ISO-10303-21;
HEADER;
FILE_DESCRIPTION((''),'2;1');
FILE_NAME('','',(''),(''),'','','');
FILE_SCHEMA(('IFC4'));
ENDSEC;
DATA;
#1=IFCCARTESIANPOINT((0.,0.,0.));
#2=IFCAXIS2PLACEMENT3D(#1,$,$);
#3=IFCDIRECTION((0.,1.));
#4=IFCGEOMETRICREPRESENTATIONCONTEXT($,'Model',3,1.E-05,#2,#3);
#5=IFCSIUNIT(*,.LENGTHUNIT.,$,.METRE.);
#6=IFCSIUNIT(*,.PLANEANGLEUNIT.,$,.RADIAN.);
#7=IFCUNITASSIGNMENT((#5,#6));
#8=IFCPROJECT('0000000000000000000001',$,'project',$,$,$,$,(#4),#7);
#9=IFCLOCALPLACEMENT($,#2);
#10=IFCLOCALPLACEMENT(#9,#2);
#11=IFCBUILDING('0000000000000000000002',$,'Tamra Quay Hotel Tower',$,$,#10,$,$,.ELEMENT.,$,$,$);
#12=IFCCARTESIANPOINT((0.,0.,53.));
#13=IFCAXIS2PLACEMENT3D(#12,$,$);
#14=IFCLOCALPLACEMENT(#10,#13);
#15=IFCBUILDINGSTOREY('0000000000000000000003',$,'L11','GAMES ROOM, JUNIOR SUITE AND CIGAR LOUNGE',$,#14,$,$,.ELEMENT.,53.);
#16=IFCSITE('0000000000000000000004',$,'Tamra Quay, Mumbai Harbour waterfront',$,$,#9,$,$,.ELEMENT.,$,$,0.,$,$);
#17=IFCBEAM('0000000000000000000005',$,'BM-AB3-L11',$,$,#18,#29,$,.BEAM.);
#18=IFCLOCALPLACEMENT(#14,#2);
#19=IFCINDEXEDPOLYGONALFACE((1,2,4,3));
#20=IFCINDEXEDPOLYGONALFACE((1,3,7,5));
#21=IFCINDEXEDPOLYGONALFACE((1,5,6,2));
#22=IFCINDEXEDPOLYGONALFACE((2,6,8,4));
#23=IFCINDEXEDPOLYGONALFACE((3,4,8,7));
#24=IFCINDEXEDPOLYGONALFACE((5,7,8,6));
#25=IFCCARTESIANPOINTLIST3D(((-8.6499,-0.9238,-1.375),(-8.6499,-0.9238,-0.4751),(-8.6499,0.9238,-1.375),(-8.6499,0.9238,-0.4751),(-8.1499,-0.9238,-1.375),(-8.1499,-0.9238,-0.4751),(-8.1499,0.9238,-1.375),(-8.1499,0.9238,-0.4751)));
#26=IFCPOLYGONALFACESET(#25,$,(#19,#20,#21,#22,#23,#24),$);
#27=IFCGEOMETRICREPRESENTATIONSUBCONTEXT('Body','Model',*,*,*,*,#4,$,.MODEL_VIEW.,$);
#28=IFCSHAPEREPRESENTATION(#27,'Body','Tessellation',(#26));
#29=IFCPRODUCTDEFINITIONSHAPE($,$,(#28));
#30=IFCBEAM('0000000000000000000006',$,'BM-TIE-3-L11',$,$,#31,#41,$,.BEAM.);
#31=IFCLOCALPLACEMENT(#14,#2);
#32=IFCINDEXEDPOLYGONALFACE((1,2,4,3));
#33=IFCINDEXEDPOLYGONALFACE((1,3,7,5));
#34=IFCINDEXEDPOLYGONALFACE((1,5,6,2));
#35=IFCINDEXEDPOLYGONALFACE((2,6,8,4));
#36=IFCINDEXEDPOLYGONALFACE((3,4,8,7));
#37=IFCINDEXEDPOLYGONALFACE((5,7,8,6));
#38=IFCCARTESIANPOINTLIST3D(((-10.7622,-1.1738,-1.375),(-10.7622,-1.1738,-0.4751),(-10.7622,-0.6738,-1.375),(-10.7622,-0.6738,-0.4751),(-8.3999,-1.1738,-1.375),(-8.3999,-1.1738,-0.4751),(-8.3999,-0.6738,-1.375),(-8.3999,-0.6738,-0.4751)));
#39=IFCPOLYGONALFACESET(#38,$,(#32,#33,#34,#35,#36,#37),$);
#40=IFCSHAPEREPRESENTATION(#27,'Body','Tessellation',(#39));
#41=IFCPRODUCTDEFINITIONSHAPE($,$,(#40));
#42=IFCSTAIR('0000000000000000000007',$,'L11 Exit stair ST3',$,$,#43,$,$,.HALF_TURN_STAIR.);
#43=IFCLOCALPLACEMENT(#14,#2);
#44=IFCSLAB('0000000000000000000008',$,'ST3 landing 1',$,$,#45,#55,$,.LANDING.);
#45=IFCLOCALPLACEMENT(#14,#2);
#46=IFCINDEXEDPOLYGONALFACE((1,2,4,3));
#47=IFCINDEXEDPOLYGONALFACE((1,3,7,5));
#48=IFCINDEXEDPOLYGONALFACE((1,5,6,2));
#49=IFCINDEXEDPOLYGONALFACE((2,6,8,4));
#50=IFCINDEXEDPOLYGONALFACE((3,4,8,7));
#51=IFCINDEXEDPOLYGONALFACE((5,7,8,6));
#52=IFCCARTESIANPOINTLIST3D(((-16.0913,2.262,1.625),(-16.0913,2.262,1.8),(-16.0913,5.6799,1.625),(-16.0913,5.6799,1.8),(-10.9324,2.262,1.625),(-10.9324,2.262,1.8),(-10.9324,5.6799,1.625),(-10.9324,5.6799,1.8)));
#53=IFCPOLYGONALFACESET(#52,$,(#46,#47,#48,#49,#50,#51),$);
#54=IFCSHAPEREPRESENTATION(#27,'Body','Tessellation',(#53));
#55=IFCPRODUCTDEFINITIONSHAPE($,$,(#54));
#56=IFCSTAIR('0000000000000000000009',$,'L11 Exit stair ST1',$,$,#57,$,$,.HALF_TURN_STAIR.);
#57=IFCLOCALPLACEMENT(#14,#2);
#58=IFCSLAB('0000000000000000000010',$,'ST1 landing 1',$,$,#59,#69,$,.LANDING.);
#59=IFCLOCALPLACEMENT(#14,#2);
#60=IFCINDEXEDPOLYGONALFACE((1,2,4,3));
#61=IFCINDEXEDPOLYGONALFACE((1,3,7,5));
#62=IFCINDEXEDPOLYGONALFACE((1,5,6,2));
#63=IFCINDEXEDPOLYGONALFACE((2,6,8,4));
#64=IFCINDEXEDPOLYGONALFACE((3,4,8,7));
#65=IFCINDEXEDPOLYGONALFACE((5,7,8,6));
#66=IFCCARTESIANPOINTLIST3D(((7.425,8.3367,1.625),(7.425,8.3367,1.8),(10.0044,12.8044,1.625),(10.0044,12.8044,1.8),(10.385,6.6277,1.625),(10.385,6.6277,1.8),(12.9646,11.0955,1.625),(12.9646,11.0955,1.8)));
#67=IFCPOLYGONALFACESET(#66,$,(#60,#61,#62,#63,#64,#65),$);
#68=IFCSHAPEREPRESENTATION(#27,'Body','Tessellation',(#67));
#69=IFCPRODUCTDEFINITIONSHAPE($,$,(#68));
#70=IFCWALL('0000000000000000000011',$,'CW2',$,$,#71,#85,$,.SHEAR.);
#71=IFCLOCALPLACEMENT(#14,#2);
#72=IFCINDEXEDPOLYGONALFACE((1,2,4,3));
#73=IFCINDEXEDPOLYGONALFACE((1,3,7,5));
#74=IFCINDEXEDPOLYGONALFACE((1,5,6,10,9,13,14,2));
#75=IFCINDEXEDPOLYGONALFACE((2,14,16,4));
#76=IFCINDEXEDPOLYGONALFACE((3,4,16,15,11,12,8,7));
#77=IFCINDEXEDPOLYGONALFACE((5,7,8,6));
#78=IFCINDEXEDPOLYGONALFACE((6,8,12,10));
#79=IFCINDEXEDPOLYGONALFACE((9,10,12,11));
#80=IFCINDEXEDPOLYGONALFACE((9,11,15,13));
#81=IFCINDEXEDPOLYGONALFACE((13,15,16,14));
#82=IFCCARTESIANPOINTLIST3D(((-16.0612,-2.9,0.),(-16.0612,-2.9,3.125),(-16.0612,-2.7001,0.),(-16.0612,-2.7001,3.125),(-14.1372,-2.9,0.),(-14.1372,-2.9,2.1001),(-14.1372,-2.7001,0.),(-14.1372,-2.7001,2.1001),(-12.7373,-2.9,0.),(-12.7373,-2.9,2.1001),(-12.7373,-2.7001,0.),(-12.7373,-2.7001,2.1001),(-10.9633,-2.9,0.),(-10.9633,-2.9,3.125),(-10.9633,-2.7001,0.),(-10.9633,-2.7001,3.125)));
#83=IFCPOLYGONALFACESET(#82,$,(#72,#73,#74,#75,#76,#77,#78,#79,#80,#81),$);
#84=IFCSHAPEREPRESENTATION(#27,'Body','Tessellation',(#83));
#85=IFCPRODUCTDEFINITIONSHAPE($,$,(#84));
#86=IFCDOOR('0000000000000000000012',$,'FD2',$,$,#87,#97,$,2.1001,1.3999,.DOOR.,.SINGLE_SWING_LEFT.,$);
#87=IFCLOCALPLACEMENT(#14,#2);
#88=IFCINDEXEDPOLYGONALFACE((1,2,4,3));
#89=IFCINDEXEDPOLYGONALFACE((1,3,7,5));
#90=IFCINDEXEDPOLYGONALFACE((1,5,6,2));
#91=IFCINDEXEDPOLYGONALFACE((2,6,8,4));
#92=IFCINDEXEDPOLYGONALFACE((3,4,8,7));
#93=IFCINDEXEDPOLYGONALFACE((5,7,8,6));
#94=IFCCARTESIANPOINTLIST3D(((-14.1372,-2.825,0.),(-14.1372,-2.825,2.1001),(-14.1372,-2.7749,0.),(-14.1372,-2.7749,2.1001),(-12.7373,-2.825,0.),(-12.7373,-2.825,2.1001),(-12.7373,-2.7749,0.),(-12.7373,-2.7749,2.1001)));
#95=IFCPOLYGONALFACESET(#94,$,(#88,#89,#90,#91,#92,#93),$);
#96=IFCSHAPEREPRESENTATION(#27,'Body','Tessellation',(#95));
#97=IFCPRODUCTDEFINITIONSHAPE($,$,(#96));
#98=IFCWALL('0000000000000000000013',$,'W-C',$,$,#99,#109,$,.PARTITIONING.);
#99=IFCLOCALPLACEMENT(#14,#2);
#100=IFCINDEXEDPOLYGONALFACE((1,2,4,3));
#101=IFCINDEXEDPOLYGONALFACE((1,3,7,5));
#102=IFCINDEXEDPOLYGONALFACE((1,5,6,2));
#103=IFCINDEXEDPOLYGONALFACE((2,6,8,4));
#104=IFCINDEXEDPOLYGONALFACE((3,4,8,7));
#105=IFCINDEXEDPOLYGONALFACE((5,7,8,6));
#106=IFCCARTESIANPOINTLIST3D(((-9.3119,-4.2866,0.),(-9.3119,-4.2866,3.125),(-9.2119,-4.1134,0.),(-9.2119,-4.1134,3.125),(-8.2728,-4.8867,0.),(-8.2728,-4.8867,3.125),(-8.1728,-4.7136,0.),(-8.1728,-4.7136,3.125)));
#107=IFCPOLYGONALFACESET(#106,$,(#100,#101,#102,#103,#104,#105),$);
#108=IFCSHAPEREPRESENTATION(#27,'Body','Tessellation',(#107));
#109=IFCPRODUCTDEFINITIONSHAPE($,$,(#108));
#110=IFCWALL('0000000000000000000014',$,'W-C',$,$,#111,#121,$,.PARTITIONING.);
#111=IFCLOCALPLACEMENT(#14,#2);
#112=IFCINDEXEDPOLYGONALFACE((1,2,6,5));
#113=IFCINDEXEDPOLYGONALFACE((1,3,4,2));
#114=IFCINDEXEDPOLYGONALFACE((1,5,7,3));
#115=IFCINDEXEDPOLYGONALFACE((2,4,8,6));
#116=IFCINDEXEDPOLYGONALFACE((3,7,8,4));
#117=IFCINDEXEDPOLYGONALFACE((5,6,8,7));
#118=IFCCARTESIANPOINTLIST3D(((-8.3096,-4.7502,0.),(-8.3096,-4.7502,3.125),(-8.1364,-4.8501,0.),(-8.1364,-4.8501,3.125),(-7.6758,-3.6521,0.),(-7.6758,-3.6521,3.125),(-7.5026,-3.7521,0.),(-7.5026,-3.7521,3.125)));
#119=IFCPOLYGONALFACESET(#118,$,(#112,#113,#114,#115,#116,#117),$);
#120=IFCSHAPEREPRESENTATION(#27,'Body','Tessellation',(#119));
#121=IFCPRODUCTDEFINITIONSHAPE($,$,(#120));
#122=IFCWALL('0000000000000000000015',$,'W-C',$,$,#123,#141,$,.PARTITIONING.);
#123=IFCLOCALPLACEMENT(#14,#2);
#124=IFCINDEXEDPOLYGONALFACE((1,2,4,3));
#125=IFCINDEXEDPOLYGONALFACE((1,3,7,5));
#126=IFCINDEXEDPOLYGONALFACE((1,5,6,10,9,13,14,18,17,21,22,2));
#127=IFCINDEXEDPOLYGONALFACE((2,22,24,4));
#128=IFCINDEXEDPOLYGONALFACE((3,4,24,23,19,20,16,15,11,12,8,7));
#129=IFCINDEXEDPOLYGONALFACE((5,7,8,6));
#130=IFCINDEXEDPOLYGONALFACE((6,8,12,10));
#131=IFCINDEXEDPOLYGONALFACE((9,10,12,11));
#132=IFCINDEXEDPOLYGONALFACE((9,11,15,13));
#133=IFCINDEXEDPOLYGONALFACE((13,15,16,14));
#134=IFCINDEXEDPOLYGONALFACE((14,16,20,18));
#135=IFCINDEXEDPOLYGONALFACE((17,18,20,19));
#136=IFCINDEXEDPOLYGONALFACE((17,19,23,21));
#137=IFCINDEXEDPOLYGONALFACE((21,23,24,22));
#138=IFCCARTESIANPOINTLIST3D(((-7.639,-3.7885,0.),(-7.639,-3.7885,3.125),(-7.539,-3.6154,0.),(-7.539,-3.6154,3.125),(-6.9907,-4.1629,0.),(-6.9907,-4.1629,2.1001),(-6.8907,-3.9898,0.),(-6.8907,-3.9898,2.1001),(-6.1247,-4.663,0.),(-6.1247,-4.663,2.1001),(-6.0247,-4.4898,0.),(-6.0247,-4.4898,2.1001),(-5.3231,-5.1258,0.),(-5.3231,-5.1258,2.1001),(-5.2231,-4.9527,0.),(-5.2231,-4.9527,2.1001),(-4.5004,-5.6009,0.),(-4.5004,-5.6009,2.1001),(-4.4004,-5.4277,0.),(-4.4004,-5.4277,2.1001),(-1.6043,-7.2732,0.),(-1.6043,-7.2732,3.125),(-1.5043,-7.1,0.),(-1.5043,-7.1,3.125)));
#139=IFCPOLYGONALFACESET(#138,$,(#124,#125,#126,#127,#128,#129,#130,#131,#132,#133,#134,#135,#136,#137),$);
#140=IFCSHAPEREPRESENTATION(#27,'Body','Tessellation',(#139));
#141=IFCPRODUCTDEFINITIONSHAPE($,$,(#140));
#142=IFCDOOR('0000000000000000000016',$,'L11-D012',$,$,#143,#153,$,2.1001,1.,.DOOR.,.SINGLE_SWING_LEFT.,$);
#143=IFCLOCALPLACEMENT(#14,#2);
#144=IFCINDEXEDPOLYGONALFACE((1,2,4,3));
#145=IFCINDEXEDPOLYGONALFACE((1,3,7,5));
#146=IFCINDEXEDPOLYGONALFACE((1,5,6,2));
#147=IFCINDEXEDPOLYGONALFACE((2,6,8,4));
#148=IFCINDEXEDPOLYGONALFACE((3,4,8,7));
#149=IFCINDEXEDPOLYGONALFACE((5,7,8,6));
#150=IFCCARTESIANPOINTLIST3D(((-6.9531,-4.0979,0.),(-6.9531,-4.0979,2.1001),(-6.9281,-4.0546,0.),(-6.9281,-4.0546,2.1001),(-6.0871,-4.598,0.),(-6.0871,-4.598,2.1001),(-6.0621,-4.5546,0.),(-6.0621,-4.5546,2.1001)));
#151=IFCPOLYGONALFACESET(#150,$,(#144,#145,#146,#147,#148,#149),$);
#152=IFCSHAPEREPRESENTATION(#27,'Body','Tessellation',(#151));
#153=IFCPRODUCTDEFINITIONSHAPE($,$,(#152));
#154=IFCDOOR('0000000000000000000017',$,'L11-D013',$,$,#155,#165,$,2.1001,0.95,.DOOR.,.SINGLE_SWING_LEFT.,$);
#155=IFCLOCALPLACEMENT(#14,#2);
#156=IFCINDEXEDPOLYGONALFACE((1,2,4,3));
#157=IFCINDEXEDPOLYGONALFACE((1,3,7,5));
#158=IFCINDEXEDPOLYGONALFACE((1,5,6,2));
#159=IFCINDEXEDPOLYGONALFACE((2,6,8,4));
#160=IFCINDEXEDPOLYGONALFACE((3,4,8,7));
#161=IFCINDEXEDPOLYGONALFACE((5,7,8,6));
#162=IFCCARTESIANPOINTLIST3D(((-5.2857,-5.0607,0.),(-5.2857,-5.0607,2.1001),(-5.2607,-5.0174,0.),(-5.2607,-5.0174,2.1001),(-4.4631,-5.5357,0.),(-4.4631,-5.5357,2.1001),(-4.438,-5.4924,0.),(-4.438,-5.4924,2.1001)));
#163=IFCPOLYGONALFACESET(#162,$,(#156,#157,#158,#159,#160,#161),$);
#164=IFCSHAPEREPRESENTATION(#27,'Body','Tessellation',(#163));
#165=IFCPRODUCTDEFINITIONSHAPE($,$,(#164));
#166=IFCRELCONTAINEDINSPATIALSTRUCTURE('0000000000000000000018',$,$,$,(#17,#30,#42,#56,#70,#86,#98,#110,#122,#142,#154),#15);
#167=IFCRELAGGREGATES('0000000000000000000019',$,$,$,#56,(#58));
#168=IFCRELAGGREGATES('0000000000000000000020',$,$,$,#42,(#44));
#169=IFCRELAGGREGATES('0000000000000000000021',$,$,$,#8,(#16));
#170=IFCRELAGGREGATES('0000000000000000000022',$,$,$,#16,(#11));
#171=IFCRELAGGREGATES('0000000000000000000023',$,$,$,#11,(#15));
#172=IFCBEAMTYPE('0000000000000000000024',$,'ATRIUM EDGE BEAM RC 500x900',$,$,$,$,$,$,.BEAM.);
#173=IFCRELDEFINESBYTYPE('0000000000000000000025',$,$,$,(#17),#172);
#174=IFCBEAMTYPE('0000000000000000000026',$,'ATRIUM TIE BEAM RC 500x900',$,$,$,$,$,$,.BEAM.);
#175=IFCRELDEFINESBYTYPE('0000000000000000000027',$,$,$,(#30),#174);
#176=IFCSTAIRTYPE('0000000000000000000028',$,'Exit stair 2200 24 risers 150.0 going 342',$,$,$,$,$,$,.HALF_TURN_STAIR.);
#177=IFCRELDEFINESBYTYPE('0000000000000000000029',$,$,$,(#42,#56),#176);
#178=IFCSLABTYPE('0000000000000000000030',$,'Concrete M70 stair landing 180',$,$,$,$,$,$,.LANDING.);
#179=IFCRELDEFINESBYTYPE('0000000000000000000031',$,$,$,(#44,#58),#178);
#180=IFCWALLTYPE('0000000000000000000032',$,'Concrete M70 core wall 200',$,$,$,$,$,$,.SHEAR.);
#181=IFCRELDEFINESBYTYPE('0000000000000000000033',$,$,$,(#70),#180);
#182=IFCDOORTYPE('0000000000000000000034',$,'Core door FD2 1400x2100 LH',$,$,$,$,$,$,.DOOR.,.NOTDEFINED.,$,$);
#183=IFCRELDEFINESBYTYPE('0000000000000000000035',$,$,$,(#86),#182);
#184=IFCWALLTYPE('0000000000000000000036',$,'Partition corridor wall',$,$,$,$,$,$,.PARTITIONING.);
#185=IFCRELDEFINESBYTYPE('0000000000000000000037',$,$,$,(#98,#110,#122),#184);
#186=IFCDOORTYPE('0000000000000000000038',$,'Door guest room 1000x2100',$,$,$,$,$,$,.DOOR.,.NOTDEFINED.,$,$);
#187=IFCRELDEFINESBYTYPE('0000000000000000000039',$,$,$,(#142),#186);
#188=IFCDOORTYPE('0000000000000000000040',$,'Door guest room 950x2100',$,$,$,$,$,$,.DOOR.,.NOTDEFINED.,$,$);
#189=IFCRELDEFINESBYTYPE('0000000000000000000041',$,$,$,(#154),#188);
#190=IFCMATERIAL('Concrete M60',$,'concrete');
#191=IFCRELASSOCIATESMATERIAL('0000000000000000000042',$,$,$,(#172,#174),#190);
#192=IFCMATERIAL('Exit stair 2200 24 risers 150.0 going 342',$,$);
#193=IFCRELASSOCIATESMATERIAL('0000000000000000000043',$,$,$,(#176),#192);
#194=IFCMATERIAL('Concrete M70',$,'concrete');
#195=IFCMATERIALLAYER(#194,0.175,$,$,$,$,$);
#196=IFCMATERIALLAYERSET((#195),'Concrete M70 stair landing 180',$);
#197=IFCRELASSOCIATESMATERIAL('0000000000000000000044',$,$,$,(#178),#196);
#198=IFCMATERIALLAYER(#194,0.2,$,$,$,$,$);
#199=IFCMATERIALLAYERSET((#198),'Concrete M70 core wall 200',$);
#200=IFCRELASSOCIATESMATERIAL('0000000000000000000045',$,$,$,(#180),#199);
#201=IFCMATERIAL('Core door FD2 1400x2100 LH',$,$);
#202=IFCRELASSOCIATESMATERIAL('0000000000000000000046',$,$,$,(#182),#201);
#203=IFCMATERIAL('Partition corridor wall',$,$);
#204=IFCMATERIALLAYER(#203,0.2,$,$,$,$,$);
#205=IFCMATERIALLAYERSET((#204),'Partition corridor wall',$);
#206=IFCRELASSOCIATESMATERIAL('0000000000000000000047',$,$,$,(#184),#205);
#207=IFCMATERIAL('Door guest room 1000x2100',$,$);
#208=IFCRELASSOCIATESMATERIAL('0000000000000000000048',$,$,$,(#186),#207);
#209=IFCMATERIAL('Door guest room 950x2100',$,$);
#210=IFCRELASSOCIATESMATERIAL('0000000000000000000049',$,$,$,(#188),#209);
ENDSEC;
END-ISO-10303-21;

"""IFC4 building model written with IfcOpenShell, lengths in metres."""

from ifc_helpers import new_model, si_unit, direction, frame, frame_2d, origin, origin_2d, place, context, subcontext, project, spatial, polyline, rectangle, outline, extrude, material, layer, layer_set, material_profile, profile_set, type_object, element, fill, aggregate, save


model = new_model("IFC4")

# Units and contexts
model_context = context("Model", 3, precision=1e-05, world=origin(), true_north=direction((0.0, 1.0)))
body_context = subcontext(model_context, "Body", "Model", "MODEL_VIEW")
ifc_project = project(units=[si_unit("LENGTHUNIT", "METRE"), si_unit("PLANEANGLEUNIT", "RADIAN")], contexts=[model_context])

# Site, building, storey
site_placement = place(None, origin())
site = spatial("IfcSite", under=ifc_project, at=site_placement, Name="Tamra Quay, Mumbai Harbour waterfront", CompositionType="ELEMENT", RefElevation=0.0)
building_placement = place(site_placement, origin())
building = spatial("IfcBuilding", under=site, at=building_placement, Name="Tamra Quay Hotel Tower", CompositionType="ELEMENT")
storey_placement = place(building_placement, frame((0.0, 0.0, 53.0)))
storey = spatial("IfcBuildingStorey", under=building, at=storey_placement, Name="L11", Description="GAMES ROOM, JUNIOR SUITE AND CIGAR LOUNGE", CompositionType="ELEMENT", Elevation=53.0)

# Beams
ifc_material_1 = material(Name="Concrete M60", Category="concrete")
ifc_material_profile_1 = material_profile(ifc_material_1, rectangle(XDim=0.5, YDim=0.8999, at=origin_2d()), Name="ATRIUM EDGE BEAM RC 500x900")
ifc_profile_set_1 = profile_set([ifc_material_profile_1], Name="Concrete M60")
beam_type_1 = type_object("IfcBeamType", Name="ATRIUM EDGE BEAM RC 500x900", PredefinedType="BEAM", material=ifc_profile_set_1)
beam_1_placement = place(storey_placement, frame((-8.3999, -0.9238, -0.925), z_axis=(0.0, 1.0, 0.0), x_axis=(-1.0, 0.0, 0.0)))
element("IfcBeam", 1, at=beam_1_placement, inside=storey, type_object=beam_type_1, Name="BM-AB3-L11", PredefinedType="BEAM", context=body_context, shape_type="SweptSolid", body=[
    extrude(rectangle(XDim=0.5, YDim=0.8999, at=origin_2d()), origin(), (0.0, 0.0, 1.0), 1.8477),
])
ifc_material_profile_2 = material_profile(ifc_material_1, rectangle(XDim=0.5, YDim=0.8999, at=origin_2d()), Name="ATRIUM TIE BEAM RC 500x900")
ifc_profile_set_2 = profile_set([ifc_material_profile_2], Name="Concrete M60")
beam_type_2 = type_object("IfcBeamType", Name="ATRIUM TIE BEAM RC 500x900", PredefinedType="BEAM", material=ifc_profile_set_2)
beam_2_placement = place(storey_placement, frame((-8.3999, -0.9238, -0.925), z_axis=(-1.0, 0.0, 0.0), x_axis=(0.0, -1.0, 0.0)))
element("IfcBeam", 2, at=beam_2_placement, inside=storey, type_object=beam_type_2, Name="BM-TIE-3-L11", PredefinedType="BEAM", context=body_context, shape_type="SweptSolid", body=[
    extrude(rectangle(XDim=0.5, YDim=0.8999, at=origin_2d()), origin(), (0.0, 0.0, 1.0), 2.3623),
])

# Stairs, slabs
ifc_material_2 = material(Name="Exit stair 2200 24 risers 150.0 going 342")
stair_type = type_object("IfcStairType", Name="Exit stair 2200 24 risers 150.0 going 342", PredefinedType="HALF_TURN_STAIR", material=ifc_material_2)
stair_1_placement = place(storey_placement, origin())
stair_1 = element("IfcStair", 3, at=stair_1_placement, inside=storey, type_object=stair_type, Name="L11 Exit stair ST3", PredefinedType="HALF_TURN_STAIR")
ifc_material_3 = material(Name="Concrete M70", Category="concrete")
ifc_layer_1 = layer(ifc_material_3, 0.175)
ifc_layer_set_1 = layer_set([ifc_layer_1], Name="Concrete M70 stair landing 180")
slab_type_1 = type_object("IfcSlabType", Name="Concrete M70 stair landing 180", PredefinedType="LANDING", material=ifc_layer_set_1)
slab_1_placement = place(storey_placement, frame((0.0, 0.0, 1.625)))
slab_1 = element("IfcSlab", 4, at=slab_1_placement, type_object=slab_type_1, Name="ST3 landing 1", PredefinedType="LANDING", context=body_context, shape_type="SweptSolid", body=[
    extrude(outline(polyline([(-10.9324, 2.262), (-10.9324, 5.6799), (-16.0913, 5.6799), (-16.0913, 2.262), (-10.9324, 2.262)])), origin(), (0.0, 0.0, 1.0), 0.175),
])
stair_2_placement = place(storey_placement, origin())
stair_2 = element("IfcStair", 5, at=stair_2_placement, inside=storey, type_object=stair_type, Name="L11 Exit stair ST1", PredefinedType="HALF_TURN_STAIR")
slab_2_placement = place(storey_placement, frame((0.0, 0.0, 1.625)))
slab_2 = element("IfcSlab", 6, at=slab_2_placement, type_object=slab_type_1, Name="ST1 landing 1", PredefinedType="LANDING", context=body_context, shape_type="SweptSolid", body=[
    extrude(outline(polyline([(7.425, 8.3367), (10.385, 6.6277), (12.9646, 11.0955), (10.0044, 12.8044), (7.425, 8.3367)])), origin(), (0.0, 0.0, 1.0), 0.175),
])
aggregate(stair_2, [slab_2])

# Wall, opening, door
ifc_layer_2 = layer(ifc_material_3, 0.2)
ifc_layer_set_2 = layer_set([ifc_layer_2], Name="Concrete M70 core wall 200")
wall_type_1 = type_object("IfcWallType", Name="Concrete M70 core wall 200", PredefinedType="SHEAR", material=ifc_layer_set_2)
wall_1_placement = place(storey_placement, frame((-10.9634, -2.8, 0.0), z_axis=(0.0, 0.0, 1.0), x_axis=(-1.0, 0.0, 0.0)))
wall_1 = element("IfcWall", 7, at=wall_1_placement, inside=storey, type_object=wall_type_1, Name="CW2", PredefinedType="SHEAR", context=body_context, shape_type="SweptSolid", body=[
    extrude(rectangle(XDim=5.0979, YDim=0.2, at=frame_2d((2.5488, 0.0))), origin(), (0.0, 0.0, 1.0), 3.125),
])
opening_1_placement = place(wall_1_placement, frame((1.7739, 0.0, 0.0)))
opening_1 = element("IfcOpeningElement", 8, at=opening_1_placement, cuts=wall_1, PredefinedType="OPENING", context=body_context, shape_type="SweptSolid", body=[
    extrude(rectangle(XDim=1.3999, YDim=2.1001, at=frame_2d((0.7, 1.05))), frame((0.0, 0.1099, 0.0), z_axis=(0.0, -1.0, 0.0), x_axis=(1.0, 0.0, 0.0)), (0.0, 0.0, 1.0), 0.22),
])
ifc_material_4 = material(Name="Core door FD2 1400x2100 LH")
door_type_1 = type_object("IfcDoorType", Name="Core door FD2 1400x2100 LH", OperationType="NOTDEFINED", PredefinedType="DOOR", material=ifc_material_4)
door_1_placement = place(opening_1_placement, origin())
door_1 = element("IfcDoor", 9, at=door_1_placement, inside=storey, type_object=door_type_1, Name="FD2", OperationType="SINGLE_SWING_LEFT", OverallHeight=2.1001, OverallWidth=1.3999, PredefinedType="DOOR", context=body_context, shape_type="SweptSolid", body=[
    extrude(rectangle(XDim=1.3999, YDim=2.1001, at=frame_2d((0.7, 1.05))), frame((0.0, 0.0249, 0.0), z_axis=(0.0, -1.0, 0.0), x_axis=(1.0, 0.0, 0.0)), (0.0, 0.0, 1.0), 0.05),
])
fill(opening_1, door_1)

# Walls
ifc_material_5 = material(Name="Partition corridor wall")
ifc_layer_3 = layer(ifc_material_5, 0.2)
ifc_layer_set_3 = layer_set([ifc_layer_3], Name="Partition corridor wall")
wall_type_2 = type_object("IfcWallType", Name="Partition corridor wall", PredefinedType="PARTITIONING", material=ifc_layer_set_3)
wall_2_placement = place(storey_placement, frame((-9.262, -4.2, 0.0), z_axis=(0.0, 0.0, 1.0), x_axis=(0.865955, -0.500122, 0.0)))
element("IfcWall", 10, at=wall_2_placement, inside=storey, type_object=wall_type_2, Name="W-C", PredefinedType="PARTITIONING", context=body_context, shape_type="SweptSolid", body=[
    extrude(rectangle(XDim=1.2, YDim=0.2, at=frame_2d((0.6001, 0.0))), origin(), (0.0, 0.0, 1.0), 3.125),
])
wall_3_placement = place(storey_placement, frame((-8.2229, -4.8, 0.0), z_axis=(0.0, 0.0, 1.0), x_axis=(0.499867, 0.866102, 0.0)))
element("IfcWall", 11, at=wall_3_placement, inside=storey, type_object=wall_type_2, Name="W-C", PredefinedType="PARTITIONING", context=body_context, shape_type="SweptSolid", body=[
    extrude(rectangle(XDim=1.2678, YDim=0.2, at=frame_2d((0.6338, 0.0))), origin(), (0.0, 0.0, 1.0), 3.125),
])

# Wall, openings, doors
wall_4_placement = place(storey_placement, frame((-7.5891, -3.7019, 0.0), z_axis=(0.0, 0.0, 1.0), x_axis=(0.865994, -0.500054, 0.0)))
wall_4 = element("IfcWall", 12, at=wall_4_placement, inside=storey, type_object=wall_type_2, Name="W-C", PredefinedType="PARTITIONING", context=body_context, shape_type="SweptSolid", body=[
    extrude(rectangle(XDim=6.9685, YDim=0.2, at=frame_2d((3.4844, 0.0))), origin(), (0.0, 0.0, 1.0), 3.125),
])
opening_2_placement = place(wall_4_placement, frame((0.7488, 0.0, 0.0)))
opening_2 = element("IfcOpeningElement", 13, at=opening_2_placement, cuts=wall_4, PredefinedType="OPENING", context=body_context, shape_type="SweptSolid", body=[
    extrude(rectangle(XDim=1.0, YDim=2.1001, at=frame_2d((0.5, 1.05))), frame((0.0, 0.1099, 0.0), z_axis=(0.0, -1.0, 0.0), x_axis=(1.0, 0.0, 0.0)), (0.0, 0.0, 1.0), 0.22),
])
opening_3_placement = place(wall_4_placement, frame((2.6743, 0.0, 0.0)))
opening_3 = element("IfcOpeningElement", 14, at=opening_3_placement, cuts=wall_4, PredefinedType="OPENING", context=body_context, shape_type="SweptSolid", body=[
    extrude(rectangle(XDim=0.95, YDim=2.1001, at=frame_2d((0.4751, 1.05))), frame((0.0, 0.1099, 0.0), z_axis=(0.0, -1.0, 0.0), x_axis=(1.0, 0.0, 0.0)), (0.0, 0.0, 1.0), 0.22),
])
ifc_material_6 = material(Name="Door guest room 1000x2100")
door_type_2 = type_object("IfcDoorType", Name="Door guest room 1000x2100", OperationType="NOTDEFINED", PredefinedType="DOOR", material=ifc_material_6)
door_2_placement = place(opening_2_placement, frame((1.0, 0.0, 0.0), z_axis=(0.0, 0.0, 1.0), x_axis=(-1.0, 0.0, 0.0)))
door_2 = element("IfcDoor", 15, at=door_2_placement, inside=storey, type_object=door_type_2, Name="L11-D012", OperationType="SINGLE_SWING_LEFT", OverallHeight=2.1001, OverallWidth=1.0, PredefinedType="DOOR", context=body_context, shape_type="SweptSolid", body=[
    extrude(rectangle(XDim=1.0, YDim=2.1001, at=frame_2d((0.5, 1.05))), frame((0.0, 0.0249, 0.0), z_axis=(0.0, -1.0, 0.0), x_axis=(1.0, 0.0, 0.0)), (0.0, 0.0, 1.0), 0.05),
])
fill(opening_2, door_2)
ifc_material_7 = material(Name="Door guest room 950x2100")
door_type_3 = type_object("IfcDoorType", Name="Door guest room 950x2100", OperationType="NOTDEFINED", PredefinedType="DOOR", material=ifc_material_7)
door_3_placement = place(opening_3_placement, frame((0.95, 0.0, 0.0), z_axis=(0.0, 0.0, 1.0), x_axis=(-1.0, 0.0, 0.0)))
door_3 = element("IfcDoor", 16, at=door_3_placement, inside=storey, type_object=door_type_3, Name="L11-D013", OperationType="SINGLE_SWING_LEFT", OverallHeight=2.1001, OverallWidth=0.95, PredefinedType="DOOR", context=body_context, shape_type="SweptSolid", body=[
    extrude(rectangle(XDim=0.95, YDim=2.1001, at=frame_2d((0.4751, 1.05))), frame((0.0, 0.0249, 0.0), z_axis=(0.0, -1.0, 0.0), x_axis=(1.0, 0.0, 0.0)), (0.0, 0.0, 1.0), 0.05),
])
fill(opening_3, door_3)

aggregate(stair_1, [slab_1])

save(model, "model.ifc")
